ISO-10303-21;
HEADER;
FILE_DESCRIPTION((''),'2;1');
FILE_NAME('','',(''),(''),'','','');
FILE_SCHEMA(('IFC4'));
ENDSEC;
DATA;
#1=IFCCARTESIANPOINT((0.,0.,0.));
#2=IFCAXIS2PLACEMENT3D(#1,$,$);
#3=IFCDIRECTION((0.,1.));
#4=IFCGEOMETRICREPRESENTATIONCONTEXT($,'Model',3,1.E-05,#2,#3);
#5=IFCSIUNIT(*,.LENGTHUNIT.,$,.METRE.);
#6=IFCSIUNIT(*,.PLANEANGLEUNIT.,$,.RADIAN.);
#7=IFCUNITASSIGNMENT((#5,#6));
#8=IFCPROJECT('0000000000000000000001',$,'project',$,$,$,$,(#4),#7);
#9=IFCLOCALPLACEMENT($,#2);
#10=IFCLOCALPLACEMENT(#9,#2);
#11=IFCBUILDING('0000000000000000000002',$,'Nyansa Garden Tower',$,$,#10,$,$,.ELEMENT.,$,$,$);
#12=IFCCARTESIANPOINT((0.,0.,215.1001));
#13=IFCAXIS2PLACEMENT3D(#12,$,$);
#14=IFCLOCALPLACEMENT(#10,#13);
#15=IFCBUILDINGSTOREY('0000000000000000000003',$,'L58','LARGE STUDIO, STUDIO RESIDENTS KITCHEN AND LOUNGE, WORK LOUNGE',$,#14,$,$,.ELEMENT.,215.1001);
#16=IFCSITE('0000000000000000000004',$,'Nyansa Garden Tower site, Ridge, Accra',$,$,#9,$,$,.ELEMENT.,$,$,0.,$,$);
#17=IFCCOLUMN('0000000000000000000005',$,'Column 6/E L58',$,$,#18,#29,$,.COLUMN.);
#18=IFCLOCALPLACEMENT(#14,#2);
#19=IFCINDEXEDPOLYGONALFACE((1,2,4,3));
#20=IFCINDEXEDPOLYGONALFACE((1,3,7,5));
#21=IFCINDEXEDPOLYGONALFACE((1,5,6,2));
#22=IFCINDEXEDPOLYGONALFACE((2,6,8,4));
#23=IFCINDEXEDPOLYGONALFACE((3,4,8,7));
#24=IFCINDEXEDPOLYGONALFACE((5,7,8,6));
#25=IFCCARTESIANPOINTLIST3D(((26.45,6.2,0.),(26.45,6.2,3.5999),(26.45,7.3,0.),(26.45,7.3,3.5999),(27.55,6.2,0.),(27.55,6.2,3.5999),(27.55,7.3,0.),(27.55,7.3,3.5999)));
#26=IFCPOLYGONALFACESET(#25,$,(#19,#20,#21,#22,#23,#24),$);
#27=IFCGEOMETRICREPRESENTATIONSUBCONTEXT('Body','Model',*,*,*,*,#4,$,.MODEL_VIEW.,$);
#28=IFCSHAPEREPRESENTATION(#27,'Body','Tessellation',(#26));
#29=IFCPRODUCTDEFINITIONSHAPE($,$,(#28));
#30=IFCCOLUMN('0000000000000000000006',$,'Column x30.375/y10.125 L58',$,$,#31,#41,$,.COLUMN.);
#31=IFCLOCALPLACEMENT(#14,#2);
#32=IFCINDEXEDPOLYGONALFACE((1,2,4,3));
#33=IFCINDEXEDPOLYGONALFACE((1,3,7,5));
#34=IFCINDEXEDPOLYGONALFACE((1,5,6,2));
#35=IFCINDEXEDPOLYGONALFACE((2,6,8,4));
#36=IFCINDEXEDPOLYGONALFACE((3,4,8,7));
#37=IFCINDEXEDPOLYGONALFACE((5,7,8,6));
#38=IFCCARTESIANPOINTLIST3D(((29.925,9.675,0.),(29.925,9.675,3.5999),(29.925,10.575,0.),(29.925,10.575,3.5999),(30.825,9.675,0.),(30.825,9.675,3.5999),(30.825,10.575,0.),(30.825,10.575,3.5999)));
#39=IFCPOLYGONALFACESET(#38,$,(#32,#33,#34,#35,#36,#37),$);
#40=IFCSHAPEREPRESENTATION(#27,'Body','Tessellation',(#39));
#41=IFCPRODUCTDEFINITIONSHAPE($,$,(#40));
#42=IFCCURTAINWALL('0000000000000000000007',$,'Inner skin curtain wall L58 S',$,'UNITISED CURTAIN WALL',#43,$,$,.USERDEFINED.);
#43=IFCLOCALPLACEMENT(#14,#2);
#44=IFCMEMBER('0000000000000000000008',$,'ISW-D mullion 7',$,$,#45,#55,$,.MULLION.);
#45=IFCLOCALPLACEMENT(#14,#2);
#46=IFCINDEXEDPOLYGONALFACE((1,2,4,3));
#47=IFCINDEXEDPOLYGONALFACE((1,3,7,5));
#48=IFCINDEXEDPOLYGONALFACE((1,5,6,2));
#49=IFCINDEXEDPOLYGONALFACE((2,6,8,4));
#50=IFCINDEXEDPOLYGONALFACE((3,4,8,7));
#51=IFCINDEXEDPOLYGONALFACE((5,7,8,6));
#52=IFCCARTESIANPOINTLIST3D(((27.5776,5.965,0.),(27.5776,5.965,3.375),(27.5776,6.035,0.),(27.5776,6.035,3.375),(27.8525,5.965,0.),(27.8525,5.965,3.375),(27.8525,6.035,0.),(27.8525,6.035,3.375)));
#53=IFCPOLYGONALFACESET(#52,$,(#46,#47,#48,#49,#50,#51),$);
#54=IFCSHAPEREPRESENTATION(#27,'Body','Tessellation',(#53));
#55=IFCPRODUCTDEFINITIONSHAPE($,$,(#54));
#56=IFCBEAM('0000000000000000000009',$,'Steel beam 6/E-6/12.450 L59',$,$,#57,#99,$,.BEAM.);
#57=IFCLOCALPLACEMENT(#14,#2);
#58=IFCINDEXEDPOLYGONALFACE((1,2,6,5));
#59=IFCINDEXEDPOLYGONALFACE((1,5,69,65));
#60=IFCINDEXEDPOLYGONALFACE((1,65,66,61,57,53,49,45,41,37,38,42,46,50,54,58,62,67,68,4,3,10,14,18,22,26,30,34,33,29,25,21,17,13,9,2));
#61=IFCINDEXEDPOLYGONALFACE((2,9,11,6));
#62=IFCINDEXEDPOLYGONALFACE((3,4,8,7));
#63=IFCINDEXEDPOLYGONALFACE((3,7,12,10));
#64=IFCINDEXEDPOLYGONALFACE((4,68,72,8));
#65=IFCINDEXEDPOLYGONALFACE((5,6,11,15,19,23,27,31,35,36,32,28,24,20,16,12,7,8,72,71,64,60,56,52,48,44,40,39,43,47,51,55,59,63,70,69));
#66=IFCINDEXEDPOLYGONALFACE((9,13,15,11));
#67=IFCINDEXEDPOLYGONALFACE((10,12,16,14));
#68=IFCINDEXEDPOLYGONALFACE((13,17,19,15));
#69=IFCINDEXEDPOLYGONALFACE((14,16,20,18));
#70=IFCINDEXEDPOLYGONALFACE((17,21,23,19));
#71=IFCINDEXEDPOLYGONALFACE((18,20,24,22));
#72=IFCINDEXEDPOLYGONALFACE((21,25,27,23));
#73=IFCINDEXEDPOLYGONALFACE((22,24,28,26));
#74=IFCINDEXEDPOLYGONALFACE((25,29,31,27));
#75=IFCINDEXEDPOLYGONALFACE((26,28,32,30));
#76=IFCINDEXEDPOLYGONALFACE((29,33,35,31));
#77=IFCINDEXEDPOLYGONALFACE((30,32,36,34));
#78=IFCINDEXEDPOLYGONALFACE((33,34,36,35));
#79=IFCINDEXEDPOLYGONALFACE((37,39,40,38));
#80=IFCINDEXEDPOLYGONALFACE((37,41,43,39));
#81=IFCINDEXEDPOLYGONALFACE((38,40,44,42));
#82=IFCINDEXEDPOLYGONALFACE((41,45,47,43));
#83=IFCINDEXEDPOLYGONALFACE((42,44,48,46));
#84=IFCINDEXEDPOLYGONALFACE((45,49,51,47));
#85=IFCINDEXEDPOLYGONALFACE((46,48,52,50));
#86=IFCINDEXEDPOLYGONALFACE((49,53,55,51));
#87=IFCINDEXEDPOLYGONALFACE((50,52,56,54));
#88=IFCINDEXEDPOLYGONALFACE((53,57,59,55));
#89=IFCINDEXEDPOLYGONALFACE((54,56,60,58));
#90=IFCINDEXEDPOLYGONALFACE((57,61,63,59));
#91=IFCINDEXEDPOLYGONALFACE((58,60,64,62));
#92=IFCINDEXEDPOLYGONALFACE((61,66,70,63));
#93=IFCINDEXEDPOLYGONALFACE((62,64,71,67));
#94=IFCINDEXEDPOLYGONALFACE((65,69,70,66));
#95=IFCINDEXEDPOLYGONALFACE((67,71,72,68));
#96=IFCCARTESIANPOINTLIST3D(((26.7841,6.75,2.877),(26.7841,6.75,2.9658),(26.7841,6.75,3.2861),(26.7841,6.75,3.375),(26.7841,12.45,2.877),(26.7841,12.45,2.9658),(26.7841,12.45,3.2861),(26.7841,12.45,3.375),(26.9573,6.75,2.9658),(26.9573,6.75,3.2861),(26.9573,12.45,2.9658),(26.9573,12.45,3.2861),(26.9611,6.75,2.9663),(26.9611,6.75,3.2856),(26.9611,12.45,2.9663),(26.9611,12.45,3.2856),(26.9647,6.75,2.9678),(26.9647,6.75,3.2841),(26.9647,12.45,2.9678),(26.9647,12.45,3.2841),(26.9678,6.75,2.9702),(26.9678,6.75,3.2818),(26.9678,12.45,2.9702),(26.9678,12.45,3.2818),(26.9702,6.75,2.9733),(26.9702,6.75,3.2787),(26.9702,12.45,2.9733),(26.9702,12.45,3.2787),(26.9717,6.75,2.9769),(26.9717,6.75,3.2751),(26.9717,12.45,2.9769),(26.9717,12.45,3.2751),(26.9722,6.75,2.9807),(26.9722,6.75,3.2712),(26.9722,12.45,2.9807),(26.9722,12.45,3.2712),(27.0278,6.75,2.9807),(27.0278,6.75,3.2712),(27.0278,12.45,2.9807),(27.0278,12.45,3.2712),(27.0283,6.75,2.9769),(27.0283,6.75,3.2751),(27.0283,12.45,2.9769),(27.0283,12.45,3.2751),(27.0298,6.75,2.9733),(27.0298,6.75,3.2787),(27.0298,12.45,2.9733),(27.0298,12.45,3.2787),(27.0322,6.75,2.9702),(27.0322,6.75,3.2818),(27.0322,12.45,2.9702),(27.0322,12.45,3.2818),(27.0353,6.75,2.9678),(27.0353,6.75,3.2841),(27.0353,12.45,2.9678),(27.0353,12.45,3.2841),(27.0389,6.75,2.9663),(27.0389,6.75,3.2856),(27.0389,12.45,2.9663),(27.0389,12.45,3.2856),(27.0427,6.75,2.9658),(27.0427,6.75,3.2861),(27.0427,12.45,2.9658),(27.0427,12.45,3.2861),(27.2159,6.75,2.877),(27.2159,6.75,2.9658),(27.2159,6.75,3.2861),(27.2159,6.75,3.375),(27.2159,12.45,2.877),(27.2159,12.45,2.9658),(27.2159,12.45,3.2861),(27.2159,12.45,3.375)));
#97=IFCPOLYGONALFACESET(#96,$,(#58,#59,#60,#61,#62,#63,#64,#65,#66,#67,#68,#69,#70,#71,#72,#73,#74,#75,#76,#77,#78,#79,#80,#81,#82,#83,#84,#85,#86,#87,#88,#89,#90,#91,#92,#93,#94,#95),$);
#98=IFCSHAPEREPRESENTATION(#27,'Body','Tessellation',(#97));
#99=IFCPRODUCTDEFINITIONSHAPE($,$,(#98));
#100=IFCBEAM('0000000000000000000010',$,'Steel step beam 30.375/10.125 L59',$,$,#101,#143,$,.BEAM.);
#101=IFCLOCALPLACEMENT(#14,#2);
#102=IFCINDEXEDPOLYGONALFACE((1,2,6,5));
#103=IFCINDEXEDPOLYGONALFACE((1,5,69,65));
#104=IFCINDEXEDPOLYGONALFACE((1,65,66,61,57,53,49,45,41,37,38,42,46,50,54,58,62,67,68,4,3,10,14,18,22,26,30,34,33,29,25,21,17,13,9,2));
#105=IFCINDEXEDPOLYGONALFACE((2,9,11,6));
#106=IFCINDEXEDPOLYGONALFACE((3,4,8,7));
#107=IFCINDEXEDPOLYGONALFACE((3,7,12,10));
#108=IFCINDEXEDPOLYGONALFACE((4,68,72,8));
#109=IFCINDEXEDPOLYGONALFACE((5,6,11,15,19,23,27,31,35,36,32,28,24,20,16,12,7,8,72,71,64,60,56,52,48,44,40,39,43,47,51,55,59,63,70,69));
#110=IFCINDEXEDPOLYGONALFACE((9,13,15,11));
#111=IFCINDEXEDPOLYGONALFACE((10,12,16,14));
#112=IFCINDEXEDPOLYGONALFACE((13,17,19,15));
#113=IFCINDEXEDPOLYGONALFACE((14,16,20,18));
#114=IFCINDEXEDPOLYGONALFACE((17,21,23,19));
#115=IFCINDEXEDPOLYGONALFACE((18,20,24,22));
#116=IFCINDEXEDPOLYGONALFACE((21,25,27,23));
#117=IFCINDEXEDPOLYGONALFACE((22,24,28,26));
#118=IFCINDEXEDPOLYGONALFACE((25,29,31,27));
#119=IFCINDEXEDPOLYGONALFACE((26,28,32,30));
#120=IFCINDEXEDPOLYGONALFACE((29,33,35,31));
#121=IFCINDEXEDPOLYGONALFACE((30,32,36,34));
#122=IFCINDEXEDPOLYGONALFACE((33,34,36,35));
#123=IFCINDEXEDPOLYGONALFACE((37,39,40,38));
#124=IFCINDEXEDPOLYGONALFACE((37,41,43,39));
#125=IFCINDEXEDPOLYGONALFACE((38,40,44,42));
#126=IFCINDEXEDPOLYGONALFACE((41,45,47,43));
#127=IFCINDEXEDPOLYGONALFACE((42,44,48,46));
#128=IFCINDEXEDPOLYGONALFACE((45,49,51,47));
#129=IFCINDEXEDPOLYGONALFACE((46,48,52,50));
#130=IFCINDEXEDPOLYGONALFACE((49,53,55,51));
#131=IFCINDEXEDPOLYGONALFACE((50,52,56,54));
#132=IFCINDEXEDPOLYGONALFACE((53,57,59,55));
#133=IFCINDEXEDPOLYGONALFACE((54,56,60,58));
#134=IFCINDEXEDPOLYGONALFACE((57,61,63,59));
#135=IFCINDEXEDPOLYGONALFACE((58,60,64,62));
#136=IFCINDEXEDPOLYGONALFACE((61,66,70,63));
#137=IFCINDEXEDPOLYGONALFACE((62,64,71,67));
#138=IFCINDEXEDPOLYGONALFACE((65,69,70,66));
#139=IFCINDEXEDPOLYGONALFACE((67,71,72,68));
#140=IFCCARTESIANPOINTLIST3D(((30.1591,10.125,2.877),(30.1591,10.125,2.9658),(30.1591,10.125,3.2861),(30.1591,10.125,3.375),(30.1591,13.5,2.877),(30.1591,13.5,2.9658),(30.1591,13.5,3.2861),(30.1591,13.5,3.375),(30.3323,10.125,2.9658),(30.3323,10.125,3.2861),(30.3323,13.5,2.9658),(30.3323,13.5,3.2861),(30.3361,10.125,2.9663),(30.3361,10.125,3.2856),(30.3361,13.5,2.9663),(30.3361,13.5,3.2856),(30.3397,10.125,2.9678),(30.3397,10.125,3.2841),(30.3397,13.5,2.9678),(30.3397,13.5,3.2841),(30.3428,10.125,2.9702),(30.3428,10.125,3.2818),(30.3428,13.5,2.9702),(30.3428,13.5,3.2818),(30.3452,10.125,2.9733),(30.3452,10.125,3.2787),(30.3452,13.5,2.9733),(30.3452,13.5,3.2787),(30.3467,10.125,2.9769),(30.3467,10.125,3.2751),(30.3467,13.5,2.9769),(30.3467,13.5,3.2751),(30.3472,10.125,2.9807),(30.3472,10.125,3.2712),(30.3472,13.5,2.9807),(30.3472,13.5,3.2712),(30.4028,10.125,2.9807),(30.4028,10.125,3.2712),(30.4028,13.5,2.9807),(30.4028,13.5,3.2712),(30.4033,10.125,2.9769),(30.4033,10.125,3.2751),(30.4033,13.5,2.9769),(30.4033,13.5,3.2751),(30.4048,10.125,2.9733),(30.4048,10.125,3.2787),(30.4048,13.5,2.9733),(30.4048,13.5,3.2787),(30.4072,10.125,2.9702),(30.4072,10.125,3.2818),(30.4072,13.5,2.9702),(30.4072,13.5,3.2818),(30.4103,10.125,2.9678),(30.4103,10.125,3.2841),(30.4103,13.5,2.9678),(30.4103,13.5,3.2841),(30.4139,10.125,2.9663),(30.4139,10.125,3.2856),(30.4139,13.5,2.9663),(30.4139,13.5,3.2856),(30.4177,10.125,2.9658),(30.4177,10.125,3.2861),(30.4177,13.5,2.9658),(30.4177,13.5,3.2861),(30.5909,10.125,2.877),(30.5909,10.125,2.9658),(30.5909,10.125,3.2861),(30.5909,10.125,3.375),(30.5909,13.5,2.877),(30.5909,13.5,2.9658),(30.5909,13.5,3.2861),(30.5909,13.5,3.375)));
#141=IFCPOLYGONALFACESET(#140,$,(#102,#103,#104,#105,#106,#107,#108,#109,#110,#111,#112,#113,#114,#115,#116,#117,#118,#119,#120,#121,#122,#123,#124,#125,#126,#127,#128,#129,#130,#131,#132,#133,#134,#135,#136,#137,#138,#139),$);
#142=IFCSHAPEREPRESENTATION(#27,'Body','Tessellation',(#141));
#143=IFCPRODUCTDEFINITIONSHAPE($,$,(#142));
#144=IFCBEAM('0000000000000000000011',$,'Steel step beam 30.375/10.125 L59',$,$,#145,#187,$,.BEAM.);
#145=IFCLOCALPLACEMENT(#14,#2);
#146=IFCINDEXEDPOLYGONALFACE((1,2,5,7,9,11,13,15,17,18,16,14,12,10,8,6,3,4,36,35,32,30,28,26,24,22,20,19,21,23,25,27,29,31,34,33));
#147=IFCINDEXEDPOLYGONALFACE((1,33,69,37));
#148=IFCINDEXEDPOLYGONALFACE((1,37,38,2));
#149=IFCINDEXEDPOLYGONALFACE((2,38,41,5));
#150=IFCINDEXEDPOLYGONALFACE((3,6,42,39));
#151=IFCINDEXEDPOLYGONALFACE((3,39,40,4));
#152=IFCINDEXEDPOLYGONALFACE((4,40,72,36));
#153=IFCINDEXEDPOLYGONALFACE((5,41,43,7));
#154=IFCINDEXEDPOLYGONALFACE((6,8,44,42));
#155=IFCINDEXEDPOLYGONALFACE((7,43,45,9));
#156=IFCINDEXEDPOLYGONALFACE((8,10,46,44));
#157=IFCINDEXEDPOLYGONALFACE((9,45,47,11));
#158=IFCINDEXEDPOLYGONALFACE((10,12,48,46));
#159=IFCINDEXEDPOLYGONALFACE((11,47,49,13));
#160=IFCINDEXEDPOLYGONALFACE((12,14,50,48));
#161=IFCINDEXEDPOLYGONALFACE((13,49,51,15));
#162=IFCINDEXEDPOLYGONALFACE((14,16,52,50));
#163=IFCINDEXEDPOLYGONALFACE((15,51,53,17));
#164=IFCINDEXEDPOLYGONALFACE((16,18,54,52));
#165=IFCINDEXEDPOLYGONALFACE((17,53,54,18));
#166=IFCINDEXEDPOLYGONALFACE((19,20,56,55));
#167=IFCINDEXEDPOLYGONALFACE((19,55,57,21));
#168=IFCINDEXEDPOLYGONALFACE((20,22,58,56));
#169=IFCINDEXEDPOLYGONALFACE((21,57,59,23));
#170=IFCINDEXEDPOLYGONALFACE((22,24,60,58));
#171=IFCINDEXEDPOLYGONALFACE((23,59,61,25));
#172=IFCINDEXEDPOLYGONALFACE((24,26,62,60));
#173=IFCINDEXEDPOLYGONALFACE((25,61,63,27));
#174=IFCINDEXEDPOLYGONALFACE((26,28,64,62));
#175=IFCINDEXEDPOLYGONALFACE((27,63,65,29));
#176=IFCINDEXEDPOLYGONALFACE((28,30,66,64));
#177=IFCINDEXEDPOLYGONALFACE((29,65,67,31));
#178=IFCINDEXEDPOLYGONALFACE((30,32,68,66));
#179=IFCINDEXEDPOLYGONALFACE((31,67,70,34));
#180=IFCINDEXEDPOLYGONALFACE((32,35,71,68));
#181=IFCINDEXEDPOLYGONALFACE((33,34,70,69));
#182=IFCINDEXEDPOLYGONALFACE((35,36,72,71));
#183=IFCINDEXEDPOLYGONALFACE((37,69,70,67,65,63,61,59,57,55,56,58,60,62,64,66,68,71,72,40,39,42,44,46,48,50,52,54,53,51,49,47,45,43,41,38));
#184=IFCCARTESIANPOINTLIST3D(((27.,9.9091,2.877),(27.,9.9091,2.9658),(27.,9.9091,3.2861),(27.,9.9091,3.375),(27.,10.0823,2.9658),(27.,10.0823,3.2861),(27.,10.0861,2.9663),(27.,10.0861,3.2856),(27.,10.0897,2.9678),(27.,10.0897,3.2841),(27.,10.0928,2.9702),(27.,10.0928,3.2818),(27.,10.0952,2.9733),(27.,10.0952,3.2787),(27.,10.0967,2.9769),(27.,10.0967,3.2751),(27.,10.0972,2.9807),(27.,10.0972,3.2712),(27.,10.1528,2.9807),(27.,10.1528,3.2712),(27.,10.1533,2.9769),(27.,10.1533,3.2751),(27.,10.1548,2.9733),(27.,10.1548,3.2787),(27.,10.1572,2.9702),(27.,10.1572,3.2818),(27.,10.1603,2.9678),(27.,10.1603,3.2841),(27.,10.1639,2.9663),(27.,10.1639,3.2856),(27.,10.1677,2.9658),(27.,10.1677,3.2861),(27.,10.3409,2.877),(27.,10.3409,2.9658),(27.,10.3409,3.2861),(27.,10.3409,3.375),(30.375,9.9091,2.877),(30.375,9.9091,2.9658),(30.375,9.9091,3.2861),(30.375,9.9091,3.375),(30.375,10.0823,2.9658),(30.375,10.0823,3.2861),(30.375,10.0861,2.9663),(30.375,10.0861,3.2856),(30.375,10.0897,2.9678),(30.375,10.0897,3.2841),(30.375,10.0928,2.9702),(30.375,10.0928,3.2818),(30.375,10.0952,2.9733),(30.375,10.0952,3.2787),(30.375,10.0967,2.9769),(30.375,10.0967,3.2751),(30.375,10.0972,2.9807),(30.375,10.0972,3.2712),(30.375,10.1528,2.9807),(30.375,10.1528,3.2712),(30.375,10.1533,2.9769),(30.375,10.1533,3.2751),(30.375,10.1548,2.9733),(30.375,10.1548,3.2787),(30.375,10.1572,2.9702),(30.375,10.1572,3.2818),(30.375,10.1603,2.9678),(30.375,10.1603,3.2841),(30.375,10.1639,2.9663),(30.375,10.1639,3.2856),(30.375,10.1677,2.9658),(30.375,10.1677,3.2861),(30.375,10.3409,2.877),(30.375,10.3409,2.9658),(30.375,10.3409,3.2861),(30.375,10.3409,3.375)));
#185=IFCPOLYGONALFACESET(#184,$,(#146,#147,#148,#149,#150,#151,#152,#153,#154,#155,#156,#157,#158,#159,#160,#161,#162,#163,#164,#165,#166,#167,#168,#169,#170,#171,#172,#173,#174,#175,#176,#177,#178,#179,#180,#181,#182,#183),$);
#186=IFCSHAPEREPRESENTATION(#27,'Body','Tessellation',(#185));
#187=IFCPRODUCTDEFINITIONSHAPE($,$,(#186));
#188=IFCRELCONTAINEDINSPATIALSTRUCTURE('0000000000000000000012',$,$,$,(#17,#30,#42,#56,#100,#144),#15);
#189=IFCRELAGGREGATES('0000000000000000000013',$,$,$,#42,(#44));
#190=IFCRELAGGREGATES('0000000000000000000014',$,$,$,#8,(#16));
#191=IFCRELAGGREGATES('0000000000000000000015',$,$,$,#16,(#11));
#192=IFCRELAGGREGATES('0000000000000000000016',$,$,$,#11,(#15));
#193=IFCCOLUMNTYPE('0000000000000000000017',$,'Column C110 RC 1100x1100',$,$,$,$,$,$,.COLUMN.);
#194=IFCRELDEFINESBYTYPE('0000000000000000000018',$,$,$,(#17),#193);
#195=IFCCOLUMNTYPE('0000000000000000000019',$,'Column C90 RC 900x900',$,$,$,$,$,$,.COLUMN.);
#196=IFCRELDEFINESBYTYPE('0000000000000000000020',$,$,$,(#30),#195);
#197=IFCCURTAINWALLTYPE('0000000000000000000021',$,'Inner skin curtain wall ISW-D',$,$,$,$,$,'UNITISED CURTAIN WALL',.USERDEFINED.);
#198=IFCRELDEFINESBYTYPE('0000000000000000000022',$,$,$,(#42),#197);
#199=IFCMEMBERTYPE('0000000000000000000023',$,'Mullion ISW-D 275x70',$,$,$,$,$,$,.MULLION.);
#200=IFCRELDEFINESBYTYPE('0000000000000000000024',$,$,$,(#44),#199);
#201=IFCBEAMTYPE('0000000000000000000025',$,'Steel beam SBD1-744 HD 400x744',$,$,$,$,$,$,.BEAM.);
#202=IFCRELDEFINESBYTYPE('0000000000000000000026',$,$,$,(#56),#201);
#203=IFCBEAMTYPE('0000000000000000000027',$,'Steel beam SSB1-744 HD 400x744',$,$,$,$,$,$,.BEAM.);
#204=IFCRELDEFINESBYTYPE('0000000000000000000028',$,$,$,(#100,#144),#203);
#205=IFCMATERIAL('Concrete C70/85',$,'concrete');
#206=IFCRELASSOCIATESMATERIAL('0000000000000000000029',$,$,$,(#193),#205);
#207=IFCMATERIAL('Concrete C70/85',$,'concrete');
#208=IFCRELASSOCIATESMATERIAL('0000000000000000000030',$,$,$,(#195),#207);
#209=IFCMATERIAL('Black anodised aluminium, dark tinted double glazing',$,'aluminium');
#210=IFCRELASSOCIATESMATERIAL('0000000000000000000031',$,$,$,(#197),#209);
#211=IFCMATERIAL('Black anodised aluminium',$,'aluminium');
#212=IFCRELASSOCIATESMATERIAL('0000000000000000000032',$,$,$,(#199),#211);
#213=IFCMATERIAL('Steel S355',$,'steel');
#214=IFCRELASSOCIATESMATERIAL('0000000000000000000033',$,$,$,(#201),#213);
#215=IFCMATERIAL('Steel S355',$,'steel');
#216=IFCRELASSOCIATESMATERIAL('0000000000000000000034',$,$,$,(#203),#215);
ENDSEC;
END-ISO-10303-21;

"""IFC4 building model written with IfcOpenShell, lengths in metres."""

from ifc_helpers import new_model, si_unit, direction, frame, origin, origin_2d, place, context, subcontext, project, spatial, rectangle, i_section, extrude, material, material_profile, profile_set, type_object, element, aggregate, save


model = new_model("IFC4")

# Units and contexts
model_context = context("Model", 3, precision=1e-05, world=origin(), true_north=direction((0.0, 1.0)))
body_context = subcontext(model_context, "Body", "Model", "MODEL_VIEW")
ifc_project = project(units=[si_unit("LENGTHUNIT", "METRE"), si_unit("PLANEANGLEUNIT", "RADIAN")], contexts=[model_context])

# Site, building, storey
site_placement = place(None, origin())
site = spatial("IfcSite", under=ifc_project, at=site_placement, Name="Nyansa Garden Tower site, Ridge, Accra", CompositionType="ELEMENT", RefElevation=0.0)
building_placement = place(site_placement, origin())
building = spatial("IfcBuilding", under=site, at=building_placement, Name="Nyansa Garden Tower", CompositionType="ELEMENT")
storey_placement = place(building_placement, frame((0.0, 0.0, 215.1001)))
storey = spatial("IfcBuildingStorey", under=building, at=storey_placement, Name="L58", Description="LARGE STUDIO, STUDIO RESIDENTS KITCHEN AND LOUNGE, WORK LOUNGE", CompositionType="ELEMENT", Elevation=215.1001)

# Columns
ifc_material_1 = material(Name="Concrete C70/85", Category="concrete")
ifc_material_profile_1 = material_profile(ifc_material_1, rectangle(XDim=1.1001, YDim=1.1001, at=origin_2d()), Name="RC 1100x1100")
ifc_profile_set_1 = profile_set([ifc_material_profile_1], Name="Concrete C70/85")
column_type_1 = type_object("IfcColumnType", Name="Column C110 RC 1100x1100", PredefinedType="COLUMN", material=ifc_profile_set_1)
column_1_placement = place(storey_placement, frame((27.0, 6.75, 0.0), z_axis=(0.0, 0.0, 1.0), x_axis=(1.0, 0.0, 0.0)))
element("IfcColumn", 1, at=column_1_placement, inside=storey, type_object=column_type_1, Name="Column 6/E L58", PredefinedType="COLUMN", context=body_context, shape_type="SweptSolid", body=[
    extrude(rectangle(XDim=1.1001, YDim=1.1001, at=origin_2d()), origin(), (0.0, 0.0, 1.0), 3.5999),
])
ifc_material_2 = material(Name="Concrete C70/85", Category="concrete")
ifc_material_profile_2 = material_profile(ifc_material_2, rectangle(XDim=0.8999, YDim=0.8999, at=origin_2d()), Name="RC 900x900")
ifc_profile_set_2 = profile_set([ifc_material_profile_2], Name="Concrete C70/85")
column_type_2 = type_object("IfcColumnType", Name="Column C90 RC 900x900", PredefinedType="COLUMN", material=ifc_profile_set_2)
column_2_placement = place(storey_placement, frame((30.375, 10.125, 0.0), z_axis=(0.0, 0.0, 1.0), x_axis=(1.0, 0.0, 0.0)))
element("IfcColumn", 2, at=column_2_placement, inside=storey, type_object=column_type_2, Name="Column x30.375/y10.125 L58", PredefinedType="COLUMN", context=body_context, shape_type="SweptSolid", body=[
    extrude(rectangle(XDim=0.8999, YDim=0.8999, at=origin_2d()), origin(), (0.0, 0.0, 1.0), 3.5999),
])

# Curtain wall, member
ifc_material_3 = material(Name="Black anodised aluminium, dark tinted double glazing", Category="aluminium")
curtain_wall_type = type_object("IfcCurtainWallType", Name="Inner skin curtain wall ISW-D", ElementType="UNITISED CURTAIN WALL", PredefinedType="USERDEFINED", material=ifc_material_3)
curtain_wall_placement = place(storey_placement, origin())
curtain_wall = element("IfcCurtainWall", 3, at=curtain_wall_placement, inside=storey, type_object=curtain_wall_type, Name="Inner skin curtain wall L58 S", ObjectType="UNITISED CURTAIN WALL", PredefinedType="USERDEFINED")
ifc_material_4 = material(Name="Black anodised aluminium", Category="aluminium")
ifc_material_profile_3 = material_profile(ifc_material_4, rectangle(XDim=0.0701, YDim=0.2749, at=origin_2d()), Name="Mullion 275x70")
ifc_profile_set_3 = profile_set([ifc_material_profile_3], Name="Black anodised aluminium")
member_type = type_object("IfcMemberType", Name="Mullion ISW-D 275x70", PredefinedType="MULLION", material=ifc_profile_set_3)
member_placement = place(storey_placement, frame((27.7151, 6.0, 0.0), z_axis=(0.0, 0.0, 1.0), x_axis=(0.0, 1.0, 0.0)))
member = element("IfcMember", 4, at=member_placement, type_object=member_type, Name="ISW-D mullion 7", PredefinedType="MULLION", context=body_context, shape_type="SweptSolid", body=[
    extrude(rectangle(XDim=0.0701, YDim=0.2749, at=origin_2d()), origin(), (0.0, 0.0, 1.0), 3.375),
])

# Beams
ifc_material_5 = material(Name="Steel S355", Category="steel")
ifc_material_profile_4 = material_profile(ifc_material_5, i_section(OverallWidth=0.4319, OverallDepth=0.498, WebThickness=0.0557, FlangeThickness=0.0889, FilletRadius=0.0149, at=origin_2d()), Name="HD 400x744")
ifc_profile_set_4 = profile_set([ifc_material_profile_4], Name="Steel S355")
beam_type_1 = type_object("IfcBeamType", Name="Steel beam SBD1-744 HD 400x744", PredefinedType="BEAM", material=ifc_profile_set_4)
beam_placement = place(storey_placement, frame((27.0, 6.75, 3.126), z_axis=(0.0, 1.0, 0.0), x_axis=(-1.0, 0.0, 0.0)))
element("IfcBeam", 5, at=beam_placement, inside=storey, type_object=beam_type_1, Name="Steel beam 6/E-6/12.450 L59", PredefinedType="BEAM", context=body_context, shape_type="SweptSolid", body=[
    extrude(i_section(OverallWidth=0.4319, OverallDepth=0.498, WebThickness=0.0557, FlangeThickness=0.0889, FilletRadius=0.0149, at=origin_2d()), origin(), (0.0, 0.0, 1.0), 5.7),
])
ifc_material_6 = material(Name="Steel S355", Category="steel")
ifc_material_profile_5 = material_profile(ifc_material_6, i_section(OverallWidth=0.4319, OverallDepth=0.498, WebThickness=0.0557, FlangeThickness=0.0889, FilletRadius=0.0149, at=origin_2d()), Name="HD 400x744")
ifc_profile_set_5 = profile_set([ifc_material_profile_5], Name="Steel S355")
beam_type_2 = type_object("IfcBeamType", Name="Steel beam SSB1-744 HD 400x744", PredefinedType="BEAM", material=ifc_profile_set_5)
for number, where, z_axis, x_axis, name in (
    (6, (30.375, 10.125, 3.126), (0.0, 1.0, 0.0), (-1.0, 0.0, 0.0), "Steel step beam 30.375/10.125 L59"),
    (7, (30.375, 10.125, 3.126), (-1.0, 0.0, 0.0), (0.0, -1.0, 0.0), "Steel step beam 30.375/10.125 L59"),
):
    element("IfcBeam", number, at=place(storey_placement, frame(where, z_axis=z_axis, x_axis=x_axis)), inside=storey, type_object=beam_type_2, Name=name, PredefinedType="BEAM", context=body_context, shape_type="SweptSolid", body=[
        extrude(i_section(OverallWidth=0.4319, OverallDepth=0.498, WebThickness=0.0557, FlangeThickness=0.0889, FilletRadius=0.0149, at=origin_2d()), origin(), (0.0, 0.0, 1.0), 3.375),
    ])

aggregate(curtain_wall, [member])

save(model, "model.ifc")
